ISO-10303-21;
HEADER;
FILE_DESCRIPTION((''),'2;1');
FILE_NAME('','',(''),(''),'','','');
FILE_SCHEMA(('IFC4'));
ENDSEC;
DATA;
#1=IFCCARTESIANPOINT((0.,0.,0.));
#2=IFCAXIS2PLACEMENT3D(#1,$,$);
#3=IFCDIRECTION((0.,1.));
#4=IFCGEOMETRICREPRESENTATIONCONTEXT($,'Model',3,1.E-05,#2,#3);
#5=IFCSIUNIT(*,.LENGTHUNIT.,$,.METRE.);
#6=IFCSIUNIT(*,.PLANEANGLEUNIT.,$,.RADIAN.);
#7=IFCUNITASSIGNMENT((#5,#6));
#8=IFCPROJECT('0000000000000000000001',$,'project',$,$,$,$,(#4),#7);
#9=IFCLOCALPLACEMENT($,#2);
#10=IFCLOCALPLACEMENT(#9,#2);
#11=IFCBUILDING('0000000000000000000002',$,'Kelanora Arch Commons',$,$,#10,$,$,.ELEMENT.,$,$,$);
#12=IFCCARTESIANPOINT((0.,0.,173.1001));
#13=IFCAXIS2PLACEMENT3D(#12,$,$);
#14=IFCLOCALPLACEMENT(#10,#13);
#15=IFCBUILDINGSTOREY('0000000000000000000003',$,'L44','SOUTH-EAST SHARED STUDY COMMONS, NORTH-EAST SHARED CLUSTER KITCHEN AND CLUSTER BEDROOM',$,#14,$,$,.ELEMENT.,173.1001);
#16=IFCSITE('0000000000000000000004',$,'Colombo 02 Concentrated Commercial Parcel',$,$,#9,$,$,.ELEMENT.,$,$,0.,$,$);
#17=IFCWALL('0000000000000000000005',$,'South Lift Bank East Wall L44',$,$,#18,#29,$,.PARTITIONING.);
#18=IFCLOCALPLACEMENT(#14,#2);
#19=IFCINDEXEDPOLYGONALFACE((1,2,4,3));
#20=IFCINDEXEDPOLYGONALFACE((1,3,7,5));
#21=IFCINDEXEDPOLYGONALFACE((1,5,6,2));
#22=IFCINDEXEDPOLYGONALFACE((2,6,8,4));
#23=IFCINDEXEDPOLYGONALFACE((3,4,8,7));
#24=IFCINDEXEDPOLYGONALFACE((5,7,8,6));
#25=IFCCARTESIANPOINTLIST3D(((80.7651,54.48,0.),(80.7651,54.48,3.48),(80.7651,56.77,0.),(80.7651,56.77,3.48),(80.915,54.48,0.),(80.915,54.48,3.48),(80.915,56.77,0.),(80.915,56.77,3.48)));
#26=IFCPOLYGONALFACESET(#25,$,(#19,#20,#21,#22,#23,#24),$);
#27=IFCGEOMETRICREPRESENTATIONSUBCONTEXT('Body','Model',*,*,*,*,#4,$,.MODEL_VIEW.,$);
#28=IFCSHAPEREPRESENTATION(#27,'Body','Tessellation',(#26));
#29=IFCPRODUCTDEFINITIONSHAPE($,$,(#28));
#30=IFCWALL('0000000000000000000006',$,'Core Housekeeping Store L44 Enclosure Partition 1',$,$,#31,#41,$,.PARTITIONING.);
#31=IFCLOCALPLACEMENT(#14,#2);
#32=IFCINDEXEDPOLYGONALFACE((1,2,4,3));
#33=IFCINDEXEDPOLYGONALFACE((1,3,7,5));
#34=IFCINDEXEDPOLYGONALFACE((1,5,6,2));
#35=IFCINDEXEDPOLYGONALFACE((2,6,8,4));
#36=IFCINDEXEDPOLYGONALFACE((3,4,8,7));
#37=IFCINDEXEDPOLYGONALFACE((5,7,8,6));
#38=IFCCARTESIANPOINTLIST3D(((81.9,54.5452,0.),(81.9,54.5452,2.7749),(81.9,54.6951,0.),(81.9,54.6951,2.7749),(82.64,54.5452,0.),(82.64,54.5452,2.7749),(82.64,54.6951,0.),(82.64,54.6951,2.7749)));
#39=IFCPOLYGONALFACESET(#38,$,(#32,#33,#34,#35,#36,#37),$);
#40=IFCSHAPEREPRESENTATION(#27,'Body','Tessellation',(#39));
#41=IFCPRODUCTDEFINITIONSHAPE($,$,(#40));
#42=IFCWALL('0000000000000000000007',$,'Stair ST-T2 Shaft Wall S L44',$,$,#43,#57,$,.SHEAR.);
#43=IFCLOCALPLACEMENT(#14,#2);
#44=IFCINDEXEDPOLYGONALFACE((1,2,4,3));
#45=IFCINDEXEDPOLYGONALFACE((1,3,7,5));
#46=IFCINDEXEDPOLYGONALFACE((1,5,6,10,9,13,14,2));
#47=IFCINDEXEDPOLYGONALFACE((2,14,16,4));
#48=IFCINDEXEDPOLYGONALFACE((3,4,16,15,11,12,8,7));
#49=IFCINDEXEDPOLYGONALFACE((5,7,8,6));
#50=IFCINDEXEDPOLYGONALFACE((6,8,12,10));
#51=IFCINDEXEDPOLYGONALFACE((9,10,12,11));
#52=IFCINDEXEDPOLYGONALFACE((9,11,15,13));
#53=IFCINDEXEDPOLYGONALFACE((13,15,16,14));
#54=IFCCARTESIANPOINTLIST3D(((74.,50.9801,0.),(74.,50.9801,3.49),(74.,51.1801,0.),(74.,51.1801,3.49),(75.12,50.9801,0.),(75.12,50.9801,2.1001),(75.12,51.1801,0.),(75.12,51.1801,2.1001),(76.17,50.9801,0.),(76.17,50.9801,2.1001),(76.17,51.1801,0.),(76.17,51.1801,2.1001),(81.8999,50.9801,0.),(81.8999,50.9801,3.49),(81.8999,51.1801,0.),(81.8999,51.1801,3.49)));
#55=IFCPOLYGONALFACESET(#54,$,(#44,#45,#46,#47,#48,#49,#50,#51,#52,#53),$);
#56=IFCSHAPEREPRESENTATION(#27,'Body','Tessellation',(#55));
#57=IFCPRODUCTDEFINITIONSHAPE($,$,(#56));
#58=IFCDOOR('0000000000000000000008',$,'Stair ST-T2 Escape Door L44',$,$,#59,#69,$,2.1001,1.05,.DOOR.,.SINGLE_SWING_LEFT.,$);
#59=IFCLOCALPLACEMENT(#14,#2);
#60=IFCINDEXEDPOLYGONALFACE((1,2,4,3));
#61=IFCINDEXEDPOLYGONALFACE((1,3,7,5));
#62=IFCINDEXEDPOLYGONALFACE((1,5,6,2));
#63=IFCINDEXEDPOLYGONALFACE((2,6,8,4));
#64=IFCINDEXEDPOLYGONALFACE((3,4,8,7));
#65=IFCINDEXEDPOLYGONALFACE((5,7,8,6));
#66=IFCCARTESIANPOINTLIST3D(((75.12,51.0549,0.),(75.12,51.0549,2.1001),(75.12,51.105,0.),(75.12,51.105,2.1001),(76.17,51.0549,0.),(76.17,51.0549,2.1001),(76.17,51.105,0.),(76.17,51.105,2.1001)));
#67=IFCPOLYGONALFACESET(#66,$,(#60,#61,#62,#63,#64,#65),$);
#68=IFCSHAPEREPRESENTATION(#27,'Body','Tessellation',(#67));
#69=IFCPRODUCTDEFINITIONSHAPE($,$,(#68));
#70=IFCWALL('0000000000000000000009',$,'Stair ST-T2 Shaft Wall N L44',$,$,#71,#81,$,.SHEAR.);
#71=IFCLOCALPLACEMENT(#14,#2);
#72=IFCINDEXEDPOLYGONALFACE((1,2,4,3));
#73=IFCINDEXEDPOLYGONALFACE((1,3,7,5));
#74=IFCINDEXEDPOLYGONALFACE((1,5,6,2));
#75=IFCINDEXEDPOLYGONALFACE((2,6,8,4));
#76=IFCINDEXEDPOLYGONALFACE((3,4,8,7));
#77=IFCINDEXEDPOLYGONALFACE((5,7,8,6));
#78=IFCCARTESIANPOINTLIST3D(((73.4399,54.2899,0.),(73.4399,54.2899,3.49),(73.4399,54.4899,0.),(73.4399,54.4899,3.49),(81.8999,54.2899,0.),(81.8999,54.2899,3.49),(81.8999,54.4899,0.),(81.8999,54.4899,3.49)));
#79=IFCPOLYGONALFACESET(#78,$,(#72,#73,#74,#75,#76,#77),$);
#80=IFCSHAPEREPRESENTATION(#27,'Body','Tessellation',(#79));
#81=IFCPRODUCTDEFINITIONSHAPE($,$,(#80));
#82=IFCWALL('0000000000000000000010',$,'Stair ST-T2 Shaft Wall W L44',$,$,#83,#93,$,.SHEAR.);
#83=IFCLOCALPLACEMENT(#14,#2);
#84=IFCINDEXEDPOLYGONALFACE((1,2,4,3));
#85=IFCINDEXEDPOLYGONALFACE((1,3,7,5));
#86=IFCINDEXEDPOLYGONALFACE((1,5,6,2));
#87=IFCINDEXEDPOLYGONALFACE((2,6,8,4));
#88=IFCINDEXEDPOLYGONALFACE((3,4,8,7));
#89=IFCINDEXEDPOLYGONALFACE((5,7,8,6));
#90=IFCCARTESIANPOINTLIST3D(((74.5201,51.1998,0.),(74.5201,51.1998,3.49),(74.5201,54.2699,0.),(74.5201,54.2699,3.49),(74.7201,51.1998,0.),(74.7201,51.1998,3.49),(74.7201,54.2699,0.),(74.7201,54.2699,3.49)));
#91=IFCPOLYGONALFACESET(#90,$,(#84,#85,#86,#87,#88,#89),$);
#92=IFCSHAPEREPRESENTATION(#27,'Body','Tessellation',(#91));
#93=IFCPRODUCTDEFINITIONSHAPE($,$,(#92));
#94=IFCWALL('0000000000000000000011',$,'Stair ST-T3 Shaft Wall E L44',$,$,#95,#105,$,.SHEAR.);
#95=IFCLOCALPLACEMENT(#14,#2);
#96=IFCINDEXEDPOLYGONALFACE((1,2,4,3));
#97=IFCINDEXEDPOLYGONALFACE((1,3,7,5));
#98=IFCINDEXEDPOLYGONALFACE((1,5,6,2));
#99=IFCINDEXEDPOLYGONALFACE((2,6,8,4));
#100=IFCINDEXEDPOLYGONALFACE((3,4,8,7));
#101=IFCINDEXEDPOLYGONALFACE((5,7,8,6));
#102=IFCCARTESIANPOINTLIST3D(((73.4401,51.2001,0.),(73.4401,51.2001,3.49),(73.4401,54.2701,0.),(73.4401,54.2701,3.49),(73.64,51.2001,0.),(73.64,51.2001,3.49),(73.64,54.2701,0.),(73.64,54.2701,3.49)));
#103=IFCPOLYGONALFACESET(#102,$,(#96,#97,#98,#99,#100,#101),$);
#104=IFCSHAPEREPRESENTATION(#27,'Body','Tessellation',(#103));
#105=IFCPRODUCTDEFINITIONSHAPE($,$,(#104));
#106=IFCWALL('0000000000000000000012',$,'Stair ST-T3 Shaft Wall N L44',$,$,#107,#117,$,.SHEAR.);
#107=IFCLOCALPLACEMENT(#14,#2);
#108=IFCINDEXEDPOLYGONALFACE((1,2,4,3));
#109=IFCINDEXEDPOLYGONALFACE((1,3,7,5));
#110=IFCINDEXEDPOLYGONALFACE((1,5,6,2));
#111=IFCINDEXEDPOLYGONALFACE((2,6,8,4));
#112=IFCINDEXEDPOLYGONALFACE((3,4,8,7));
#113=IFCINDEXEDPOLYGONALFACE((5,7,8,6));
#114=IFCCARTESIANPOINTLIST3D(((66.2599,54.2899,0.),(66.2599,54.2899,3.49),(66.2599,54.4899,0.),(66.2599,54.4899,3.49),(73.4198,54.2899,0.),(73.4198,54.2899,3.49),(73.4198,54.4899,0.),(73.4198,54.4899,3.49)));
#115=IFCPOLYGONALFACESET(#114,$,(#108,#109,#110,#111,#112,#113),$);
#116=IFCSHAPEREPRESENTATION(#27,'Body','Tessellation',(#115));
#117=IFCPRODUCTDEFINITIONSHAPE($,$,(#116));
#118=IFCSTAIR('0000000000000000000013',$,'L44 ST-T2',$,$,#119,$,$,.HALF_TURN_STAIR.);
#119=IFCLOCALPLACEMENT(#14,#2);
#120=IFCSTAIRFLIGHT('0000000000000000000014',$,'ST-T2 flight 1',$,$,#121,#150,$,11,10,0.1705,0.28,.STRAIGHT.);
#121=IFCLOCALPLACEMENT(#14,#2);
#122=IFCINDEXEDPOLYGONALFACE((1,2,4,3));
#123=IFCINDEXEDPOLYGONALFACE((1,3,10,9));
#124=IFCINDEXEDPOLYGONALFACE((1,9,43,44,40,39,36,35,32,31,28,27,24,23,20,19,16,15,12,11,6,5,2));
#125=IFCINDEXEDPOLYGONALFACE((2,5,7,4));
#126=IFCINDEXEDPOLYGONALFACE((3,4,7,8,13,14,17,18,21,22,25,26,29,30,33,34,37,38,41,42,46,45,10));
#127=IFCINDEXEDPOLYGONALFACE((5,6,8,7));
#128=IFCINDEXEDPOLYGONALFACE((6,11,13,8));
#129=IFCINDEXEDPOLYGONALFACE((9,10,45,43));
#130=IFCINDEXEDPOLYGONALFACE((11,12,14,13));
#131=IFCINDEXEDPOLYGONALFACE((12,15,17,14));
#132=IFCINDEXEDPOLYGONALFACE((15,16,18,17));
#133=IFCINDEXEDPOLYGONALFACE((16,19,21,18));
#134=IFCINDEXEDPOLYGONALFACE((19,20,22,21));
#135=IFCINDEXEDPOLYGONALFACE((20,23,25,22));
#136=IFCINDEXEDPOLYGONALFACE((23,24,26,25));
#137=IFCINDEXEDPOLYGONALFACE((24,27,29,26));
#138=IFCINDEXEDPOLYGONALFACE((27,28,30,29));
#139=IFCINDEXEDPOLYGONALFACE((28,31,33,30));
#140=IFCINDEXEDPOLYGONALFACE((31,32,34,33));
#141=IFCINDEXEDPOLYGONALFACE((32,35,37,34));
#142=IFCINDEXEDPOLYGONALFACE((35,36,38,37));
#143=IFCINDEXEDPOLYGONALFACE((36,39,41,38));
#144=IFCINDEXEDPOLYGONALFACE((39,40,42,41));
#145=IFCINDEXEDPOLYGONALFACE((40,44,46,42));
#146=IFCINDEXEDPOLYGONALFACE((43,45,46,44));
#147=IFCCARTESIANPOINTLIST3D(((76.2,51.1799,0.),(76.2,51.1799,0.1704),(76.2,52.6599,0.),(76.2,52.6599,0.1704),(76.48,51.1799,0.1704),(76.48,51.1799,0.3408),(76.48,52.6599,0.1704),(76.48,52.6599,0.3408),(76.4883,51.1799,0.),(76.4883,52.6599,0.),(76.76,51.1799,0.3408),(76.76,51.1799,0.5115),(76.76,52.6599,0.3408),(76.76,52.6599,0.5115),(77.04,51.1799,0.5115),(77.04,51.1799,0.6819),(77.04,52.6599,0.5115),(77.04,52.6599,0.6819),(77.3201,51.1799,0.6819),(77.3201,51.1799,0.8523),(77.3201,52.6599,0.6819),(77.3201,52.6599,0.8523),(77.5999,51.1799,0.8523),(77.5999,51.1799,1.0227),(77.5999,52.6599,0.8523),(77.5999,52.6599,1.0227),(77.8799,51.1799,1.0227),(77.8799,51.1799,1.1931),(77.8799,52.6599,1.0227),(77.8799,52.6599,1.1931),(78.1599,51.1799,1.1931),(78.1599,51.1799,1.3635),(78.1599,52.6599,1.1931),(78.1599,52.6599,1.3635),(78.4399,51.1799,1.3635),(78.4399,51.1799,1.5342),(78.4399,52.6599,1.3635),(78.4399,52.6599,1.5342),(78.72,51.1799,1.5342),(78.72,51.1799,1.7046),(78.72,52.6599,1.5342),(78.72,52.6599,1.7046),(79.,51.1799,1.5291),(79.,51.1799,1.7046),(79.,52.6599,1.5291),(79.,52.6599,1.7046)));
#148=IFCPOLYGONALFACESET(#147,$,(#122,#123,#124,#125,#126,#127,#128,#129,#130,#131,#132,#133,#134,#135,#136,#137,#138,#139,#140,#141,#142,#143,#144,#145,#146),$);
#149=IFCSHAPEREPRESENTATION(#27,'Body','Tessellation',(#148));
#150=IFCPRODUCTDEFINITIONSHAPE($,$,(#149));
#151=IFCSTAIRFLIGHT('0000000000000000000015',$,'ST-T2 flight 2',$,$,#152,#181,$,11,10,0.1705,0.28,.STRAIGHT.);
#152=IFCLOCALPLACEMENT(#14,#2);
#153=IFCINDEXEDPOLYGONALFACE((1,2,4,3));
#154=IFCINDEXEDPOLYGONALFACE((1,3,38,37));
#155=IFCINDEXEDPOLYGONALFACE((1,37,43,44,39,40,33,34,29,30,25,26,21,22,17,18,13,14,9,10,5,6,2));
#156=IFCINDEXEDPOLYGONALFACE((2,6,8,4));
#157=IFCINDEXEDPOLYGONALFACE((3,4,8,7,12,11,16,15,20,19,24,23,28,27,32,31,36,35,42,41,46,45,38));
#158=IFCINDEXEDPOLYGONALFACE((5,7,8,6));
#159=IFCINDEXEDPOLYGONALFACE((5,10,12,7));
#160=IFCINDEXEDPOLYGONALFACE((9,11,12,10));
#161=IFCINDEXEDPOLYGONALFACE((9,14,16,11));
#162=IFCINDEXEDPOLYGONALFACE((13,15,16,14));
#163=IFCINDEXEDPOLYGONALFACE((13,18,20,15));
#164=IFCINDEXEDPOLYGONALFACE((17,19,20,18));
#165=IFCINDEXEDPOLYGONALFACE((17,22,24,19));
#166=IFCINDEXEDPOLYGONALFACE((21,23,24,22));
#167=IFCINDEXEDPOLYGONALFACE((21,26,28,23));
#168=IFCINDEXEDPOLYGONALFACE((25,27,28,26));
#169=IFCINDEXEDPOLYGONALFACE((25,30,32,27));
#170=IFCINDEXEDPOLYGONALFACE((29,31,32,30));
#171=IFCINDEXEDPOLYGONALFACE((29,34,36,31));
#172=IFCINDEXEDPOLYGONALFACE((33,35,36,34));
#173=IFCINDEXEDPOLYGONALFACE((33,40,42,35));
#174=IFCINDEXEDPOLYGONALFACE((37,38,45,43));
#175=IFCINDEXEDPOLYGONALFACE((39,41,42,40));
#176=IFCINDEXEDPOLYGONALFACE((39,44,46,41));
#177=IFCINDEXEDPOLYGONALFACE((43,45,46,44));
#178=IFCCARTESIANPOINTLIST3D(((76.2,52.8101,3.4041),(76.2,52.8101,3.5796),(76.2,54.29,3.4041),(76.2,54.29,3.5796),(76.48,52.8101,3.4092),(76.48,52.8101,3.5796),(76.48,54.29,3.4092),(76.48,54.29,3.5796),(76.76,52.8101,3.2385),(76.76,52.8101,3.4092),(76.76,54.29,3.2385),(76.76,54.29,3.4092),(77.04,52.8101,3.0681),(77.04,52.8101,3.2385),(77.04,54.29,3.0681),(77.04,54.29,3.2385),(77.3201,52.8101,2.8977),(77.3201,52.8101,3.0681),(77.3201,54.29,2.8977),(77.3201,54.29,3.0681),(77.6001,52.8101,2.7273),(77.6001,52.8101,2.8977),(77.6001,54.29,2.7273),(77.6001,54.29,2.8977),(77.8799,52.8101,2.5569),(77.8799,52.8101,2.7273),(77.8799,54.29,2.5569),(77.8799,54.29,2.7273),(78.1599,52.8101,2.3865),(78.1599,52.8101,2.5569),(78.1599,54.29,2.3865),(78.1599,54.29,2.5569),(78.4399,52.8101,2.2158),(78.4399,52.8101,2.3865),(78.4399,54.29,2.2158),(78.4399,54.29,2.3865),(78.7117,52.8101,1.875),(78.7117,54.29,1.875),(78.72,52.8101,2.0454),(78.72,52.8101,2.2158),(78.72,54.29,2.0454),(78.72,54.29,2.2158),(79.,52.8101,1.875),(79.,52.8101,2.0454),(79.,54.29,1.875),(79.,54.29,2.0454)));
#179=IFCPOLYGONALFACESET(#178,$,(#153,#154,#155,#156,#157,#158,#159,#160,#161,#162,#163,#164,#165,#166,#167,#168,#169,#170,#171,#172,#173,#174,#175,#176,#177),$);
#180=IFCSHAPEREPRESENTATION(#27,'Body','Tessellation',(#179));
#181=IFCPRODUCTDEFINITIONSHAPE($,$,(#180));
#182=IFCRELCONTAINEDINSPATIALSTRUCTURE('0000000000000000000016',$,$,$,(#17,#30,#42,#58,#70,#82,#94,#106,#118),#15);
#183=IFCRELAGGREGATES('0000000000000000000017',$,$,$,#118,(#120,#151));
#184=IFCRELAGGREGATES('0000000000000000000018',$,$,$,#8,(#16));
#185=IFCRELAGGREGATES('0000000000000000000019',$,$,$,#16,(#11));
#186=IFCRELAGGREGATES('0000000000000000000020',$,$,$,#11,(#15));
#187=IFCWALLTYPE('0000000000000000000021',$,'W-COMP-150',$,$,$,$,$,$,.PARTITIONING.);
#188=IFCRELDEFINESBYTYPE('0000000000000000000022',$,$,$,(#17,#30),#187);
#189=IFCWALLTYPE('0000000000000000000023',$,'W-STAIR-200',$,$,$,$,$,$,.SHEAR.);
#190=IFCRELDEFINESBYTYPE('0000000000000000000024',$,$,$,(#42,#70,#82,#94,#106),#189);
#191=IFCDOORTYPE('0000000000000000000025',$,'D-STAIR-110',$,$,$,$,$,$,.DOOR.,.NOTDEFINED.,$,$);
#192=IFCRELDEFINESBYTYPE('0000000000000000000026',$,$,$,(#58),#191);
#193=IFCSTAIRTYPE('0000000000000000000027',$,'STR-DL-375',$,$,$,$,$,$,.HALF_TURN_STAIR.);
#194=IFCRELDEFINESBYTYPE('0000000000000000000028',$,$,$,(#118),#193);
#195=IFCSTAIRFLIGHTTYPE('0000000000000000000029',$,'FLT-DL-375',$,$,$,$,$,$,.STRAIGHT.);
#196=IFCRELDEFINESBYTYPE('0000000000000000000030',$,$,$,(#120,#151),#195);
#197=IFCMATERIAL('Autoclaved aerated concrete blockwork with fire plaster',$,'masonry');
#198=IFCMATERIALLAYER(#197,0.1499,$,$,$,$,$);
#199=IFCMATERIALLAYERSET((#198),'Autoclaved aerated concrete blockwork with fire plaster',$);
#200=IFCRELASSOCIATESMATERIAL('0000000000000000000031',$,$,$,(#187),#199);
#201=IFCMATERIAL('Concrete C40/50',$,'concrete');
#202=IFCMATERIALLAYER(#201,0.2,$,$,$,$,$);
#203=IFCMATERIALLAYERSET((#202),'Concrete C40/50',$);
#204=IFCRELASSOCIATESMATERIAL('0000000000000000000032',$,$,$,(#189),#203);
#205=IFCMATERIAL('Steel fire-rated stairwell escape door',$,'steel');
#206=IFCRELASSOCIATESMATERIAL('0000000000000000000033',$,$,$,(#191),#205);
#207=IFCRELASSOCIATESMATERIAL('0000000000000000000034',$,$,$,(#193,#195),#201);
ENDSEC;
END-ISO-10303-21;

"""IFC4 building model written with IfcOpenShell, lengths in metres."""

from ifc_helpers import new_model, si_unit, direction, frame, frame_2d, origin, place, context, subcontext, project, spatial, polyline, rectangle, outline, extrude, material, layer, layer_set, type_object, element, fill, aggregate, save


model = new_model("IFC4")

# Units and contexts
model_context = context("Model", 3, precision=1e-05, world=origin(), true_north=direction((0.0, 1.0)))
body_context = subcontext(model_context, "Body", "Model", "MODEL_VIEW")
ifc_project = project(units=[si_unit("LENGTHUNIT", "METRE"), si_unit("PLANEANGLEUNIT", "RADIAN")], contexts=[model_context])

# Site, building, storey
site_placement = place(None, origin())
site = spatial("IfcSite", under=ifc_project, at=site_placement, Name="Colombo 02 Concentrated Commercial Parcel", CompositionType="ELEMENT", RefElevation=0.0)
building_placement = place(site_placement, origin())
building = spatial("IfcBuilding", under=site, at=building_placement, Name="Kelanora Arch Commons", CompositionType="ELEMENT")
storey_placement = place(building_placement, frame((0.0, 0.0, 173.1001)))
storey = spatial("IfcBuildingStorey", under=building, at=storey_placement, Name="L44", Description="SOUTH-EAST SHARED STUDY COMMONS, NORTH-EAST SHARED CLUSTER KITCHEN AND CLUSTER BEDROOM", CompositionType="ELEMENT", Elevation=173.1001)

# Walls
ifc_material_1 = material(Name="Autoclaved aerated concrete blockwork with fire plaster", Category="masonry")
ifc_layer_1 = layer(ifc_material_1, 0.1499)
ifc_layer_set_1 = layer_set([ifc_layer_1], Name="Autoclaved aerated concrete blockwork with fire plaster")
wall_type_1 = type_object("IfcWallType", Name="W-COMP-150", PredefinedType="PARTITIONING", material=ifc_layer_set_1)
wall_1_placement = place(storey_placement, frame((80.8401, 54.48, 0.0), z_axis=(0.0, 0.0, 1.0), x_axis=(0.0, 1.0, 0.0)))
element("IfcWall", 1, at=wall_1_placement, inside=storey, type_object=wall_type_1, Name="South Lift Bank East Wall L44", PredefinedType="PARTITIONING", context=body_context, shape_type="SweptSolid", body=[
    extrude(rectangle(XDim=2.29, YDim=0.1499, at=frame_2d((1.145, 0.0))), origin(), (0.0, 0.0, 1.0), 3.48),
])
wall_2_placement = place(storey_placement, frame((81.8999, 54.6201, 0.0), z_axis=(0.0, 0.0, 1.0), x_axis=(1.0, 0.0, 0.0)))
element("IfcWall", 2, at=wall_2_placement, inside=storey, type_object=wall_type_1, Name="Core Housekeeping Store L44 Enclosure Partition 1", PredefinedType="PARTITIONING", context=body_context, shape_type="SweptSolid", body=[
    extrude(rectangle(XDim=0.74, YDim=0.1499, at=frame_2d((0.3701, 0.0))), origin(), (0.0, 0.0, 1.0), 2.7749),
])

# Wall, opening, door
ifc_material_2 = material(Name="Concrete C40/50", Category="concrete")
ifc_layer_2 = layer(ifc_material_2, 0.2)
ifc_layer_set_2 = layer_set([ifc_layer_2], Name="Concrete C40/50")
wall_type_2 = type_object("IfcWallType", Name="W-STAIR-200", PredefinedType="SHEAR", material=ifc_layer_set_2)
wall_3_placement = place(storey_placement, frame((74.0, 51.0801, 0.0), z_axis=(0.0, 0.0, 1.0), x_axis=(1.0, 0.0, 0.0)))
wall_3 = element("IfcWall", 3, at=wall_3_placement, inside=storey, type_object=wall_type_2, Name="Stair ST-T2 Shaft Wall S L44", PredefinedType="SHEAR", context=body_context, shape_type="SweptSolid", body=[
    extrude(rectangle(XDim=7.8999, YDim=0.2, at=frame_2d((3.95, 0.0))), origin(), (0.0, 0.0, 1.0), 3.49),
])
opening_placement = place(wall_3_placement, frame((1.1201, 0.0, 0.0)))
opening = element("IfcOpeningElement", 4, at=opening_placement, cuts=wall_3, PredefinedType="OPENING", context=body_context, shape_type="SweptSolid", body=[
    extrude(rectangle(XDim=1.05, YDim=2.1001, at=frame_2d((0.5249, 1.05))), frame((0.0, 0.1099, 0.0), z_axis=(0.0, -1.0, 0.0), x_axis=(1.0, 0.0, 0.0)), (0.0, 0.0, 1.0), 0.22),
])
ifc_material_3 = material(Name="Steel fire-rated stairwell escape door", Category="steel")
door_type = type_object("IfcDoorType", Name="D-STAIR-110", OperationType="NOTDEFINED", PredefinedType="DOOR", material=ifc_material_3)
door_placement = place(opening_placement, origin())
door = element("IfcDoor", 5, at=door_placement, inside=storey, type_object=door_type, Name="Stair ST-T2 Escape Door L44", OperationType="SINGLE_SWING_LEFT", OverallHeight=2.1001, OverallWidth=1.05, PredefinedType="DOOR", context=body_context, shape_type="SweptSolid", body=[
    extrude(rectangle(XDim=1.05, YDim=2.1001, at=frame_2d((0.5249, 1.05))), frame((0.0, 0.0249, 0.0), z_axis=(0.0, -1.0, 0.0), x_axis=(1.0, 0.0, 0.0)), (0.0, 0.0, 1.0), 0.05),
])
fill(opening, door)

# Walls
wall_4_placement = place(storey_placement, frame((81.8999, 54.3899, 0.0), z_axis=(0.0, 0.0, 1.0), x_axis=(-1.0, 0.0, 0.0)))
element("IfcWall", 6, at=wall_4_placement, inside=storey, type_object=wall_type_2, Name="Stair ST-T2 Shaft Wall N L44", PredefinedType="SHEAR", context=body_context, shape_type="SweptSolid", body=[
    extrude(rectangle(XDim=8.46, YDim=0.2, at=frame_2d((4.23, 0.0))), origin(), (0.0, 0.0, 1.0), 3.49),
])
for number, where, z_axis, x_axis, name in (
    (7, (74.6201, 54.27, 0.0), (0.0, 0.0, 1.0), (0.0, -1.0, 0.0), "Stair ST-T2 Shaft Wall W L44"),
    (8, (73.54, 51.2, 0.0), (0.0, 0.0, 1.0), (0.0, 1.0, 0.0), "Stair ST-T3 Shaft Wall E L44"),
):
    element("IfcWall", number, at=place(storey_placement, frame(where, z_axis=z_axis, x_axis=x_axis)), inside=storey, type_object=wall_type_2, Name=name, PredefinedType="SHEAR", context=body_context, shape_type="SweptSolid", body=[
        extrude(rectangle(XDim=3.0701, YDim=0.2, at=frame_2d((1.5352, 0.0))), origin(), (0.0, 0.0, 1.0), 3.49),
    ])
wall_5_placement = place(storey_placement, frame((73.4199, 54.3899, 0.0), z_axis=(0.0, 0.0, 1.0), x_axis=(-1.0, 0.0, 0.0)))
element("IfcWall", 9, at=wall_5_placement, inside=storey, type_object=wall_type_2, Name="Stair ST-T3 Shaft Wall N L44", PredefinedType="SHEAR", context=body_context, shape_type="SweptSolid", body=[
    extrude(rectangle(XDim=7.1599, YDim=0.2, at=frame_2d((3.5801, 0.0))), origin(), (0.0, 0.0, 1.0), 3.49),
])

# Stair, stair flights
stair_type = type_object("IfcStairType", Name="STR-DL-375", PredefinedType="HALF_TURN_STAIR", material=ifc_material_2)
stair_1_placement = place(storey_placement, origin())
stair_1 = element("IfcStair", 10, at=stair_1_placement, inside=storey, type_object=stair_type, Name="L44 ST-T2", PredefinedType="HALF_TURN_STAIR")
stair_flight_type = type_object("IfcStairFlightType", Name="FLT-DL-375", PredefinedType="STRAIGHT", material=ifc_material_2)
stair_flight_1_placement = place(storey_placement, frame((76.2, 51.9199, 0.0), z_axis=(0.0, 0.0, 1.0), x_axis=(1.0, 0.0, 0.0)))
stair_flight_1 = element("IfcStairFlight", 11, at=stair_flight_1_placement, type_object=stair_flight_type, Name="ST-T2 flight 1", NumberOfRisers=11, NumberOfTreads=10, PredefinedType="STRAIGHT", RiserHeight=0.1705, TreadLength=0.28, context=body_context, shape_type="SweptSolid", body=[
    extrude(outline(polyline([(0.0, 0.0), (0.0, 0.1704), (0.28, 0.1704), (0.28, 0.3408), (0.5601, 0.3408), (0.5601, 0.5115), (0.8401, 0.5115), (0.8401, 0.6819), (1.1201, 0.6819), (1.1201, 0.8523), (1.3999, 0.8523), (1.3999, 1.0227), (1.6799, 1.0227), (1.6799, 1.1931), (1.96, 1.1931), (1.96, 1.3635), (2.24, 1.3635), (2.24, 1.5342), (2.52, 1.5342), (2.52, 1.7046), (2.8, 1.7046), (2.8, 1.875), (2.8, 1.5291), (0.2883, 0.0), (0.0, 0.0)])), frame((0.0, 0.74, 0.0), z_axis=(0.0, -1.0, 0.0), x_axis=(1.0, 0.0, 0.0)), (0.0, 0.0, 1.0), 1.48),
])
stair_flight_2_placement = place(storey_placement, frame((79.0, 53.55, 1.875), z_axis=(0.0, 0.0, 1.0), x_axis=(-1.0, 0.0, 0.0)))
stair_flight_2 = element("IfcStairFlight", 12, at=stair_flight_2_placement, type_object=stair_flight_type, Name="ST-T2 flight 2", NumberOfRisers=11, NumberOfTreads=10, PredefinedType="STRAIGHT", RiserHeight=0.1705, TreadLength=0.28, context=body_context, shape_type="SweptSolid", body=[
    extrude(outline(polyline([(0.0, 0.0), (0.0, 0.1704), (0.28, 0.1704), (0.28, 0.3408), (0.5601, 0.3408), (0.5601, 0.5115), (0.8401, 0.5115), (0.8401, 0.6819), (1.1201, 0.6819), (1.1201, 0.8523), (1.3999, 0.8523), (1.3999, 1.0227), (1.6799, 1.0227), (1.6799, 1.1931), (1.96, 1.1931), (1.96, 1.3635), (2.24, 1.3635), (2.24, 1.5342), (2.52, 1.5342), (2.52, 1.7046), (2.8, 1.7046), (2.8, 1.875), (2.8, 1.5291), (0.2883, 0.0), (0.0, 0.0)])), frame((0.0, 0.74, 0.0), z_axis=(0.0, -1.0, 0.0), x_axis=(1.0, 0.0, 0.0)), (0.0, 0.0, 1.0), 1.48),
])
aggregate(stair_1, [stair_flight_1, stair_flight_2])

save(model, "model.ifc")
